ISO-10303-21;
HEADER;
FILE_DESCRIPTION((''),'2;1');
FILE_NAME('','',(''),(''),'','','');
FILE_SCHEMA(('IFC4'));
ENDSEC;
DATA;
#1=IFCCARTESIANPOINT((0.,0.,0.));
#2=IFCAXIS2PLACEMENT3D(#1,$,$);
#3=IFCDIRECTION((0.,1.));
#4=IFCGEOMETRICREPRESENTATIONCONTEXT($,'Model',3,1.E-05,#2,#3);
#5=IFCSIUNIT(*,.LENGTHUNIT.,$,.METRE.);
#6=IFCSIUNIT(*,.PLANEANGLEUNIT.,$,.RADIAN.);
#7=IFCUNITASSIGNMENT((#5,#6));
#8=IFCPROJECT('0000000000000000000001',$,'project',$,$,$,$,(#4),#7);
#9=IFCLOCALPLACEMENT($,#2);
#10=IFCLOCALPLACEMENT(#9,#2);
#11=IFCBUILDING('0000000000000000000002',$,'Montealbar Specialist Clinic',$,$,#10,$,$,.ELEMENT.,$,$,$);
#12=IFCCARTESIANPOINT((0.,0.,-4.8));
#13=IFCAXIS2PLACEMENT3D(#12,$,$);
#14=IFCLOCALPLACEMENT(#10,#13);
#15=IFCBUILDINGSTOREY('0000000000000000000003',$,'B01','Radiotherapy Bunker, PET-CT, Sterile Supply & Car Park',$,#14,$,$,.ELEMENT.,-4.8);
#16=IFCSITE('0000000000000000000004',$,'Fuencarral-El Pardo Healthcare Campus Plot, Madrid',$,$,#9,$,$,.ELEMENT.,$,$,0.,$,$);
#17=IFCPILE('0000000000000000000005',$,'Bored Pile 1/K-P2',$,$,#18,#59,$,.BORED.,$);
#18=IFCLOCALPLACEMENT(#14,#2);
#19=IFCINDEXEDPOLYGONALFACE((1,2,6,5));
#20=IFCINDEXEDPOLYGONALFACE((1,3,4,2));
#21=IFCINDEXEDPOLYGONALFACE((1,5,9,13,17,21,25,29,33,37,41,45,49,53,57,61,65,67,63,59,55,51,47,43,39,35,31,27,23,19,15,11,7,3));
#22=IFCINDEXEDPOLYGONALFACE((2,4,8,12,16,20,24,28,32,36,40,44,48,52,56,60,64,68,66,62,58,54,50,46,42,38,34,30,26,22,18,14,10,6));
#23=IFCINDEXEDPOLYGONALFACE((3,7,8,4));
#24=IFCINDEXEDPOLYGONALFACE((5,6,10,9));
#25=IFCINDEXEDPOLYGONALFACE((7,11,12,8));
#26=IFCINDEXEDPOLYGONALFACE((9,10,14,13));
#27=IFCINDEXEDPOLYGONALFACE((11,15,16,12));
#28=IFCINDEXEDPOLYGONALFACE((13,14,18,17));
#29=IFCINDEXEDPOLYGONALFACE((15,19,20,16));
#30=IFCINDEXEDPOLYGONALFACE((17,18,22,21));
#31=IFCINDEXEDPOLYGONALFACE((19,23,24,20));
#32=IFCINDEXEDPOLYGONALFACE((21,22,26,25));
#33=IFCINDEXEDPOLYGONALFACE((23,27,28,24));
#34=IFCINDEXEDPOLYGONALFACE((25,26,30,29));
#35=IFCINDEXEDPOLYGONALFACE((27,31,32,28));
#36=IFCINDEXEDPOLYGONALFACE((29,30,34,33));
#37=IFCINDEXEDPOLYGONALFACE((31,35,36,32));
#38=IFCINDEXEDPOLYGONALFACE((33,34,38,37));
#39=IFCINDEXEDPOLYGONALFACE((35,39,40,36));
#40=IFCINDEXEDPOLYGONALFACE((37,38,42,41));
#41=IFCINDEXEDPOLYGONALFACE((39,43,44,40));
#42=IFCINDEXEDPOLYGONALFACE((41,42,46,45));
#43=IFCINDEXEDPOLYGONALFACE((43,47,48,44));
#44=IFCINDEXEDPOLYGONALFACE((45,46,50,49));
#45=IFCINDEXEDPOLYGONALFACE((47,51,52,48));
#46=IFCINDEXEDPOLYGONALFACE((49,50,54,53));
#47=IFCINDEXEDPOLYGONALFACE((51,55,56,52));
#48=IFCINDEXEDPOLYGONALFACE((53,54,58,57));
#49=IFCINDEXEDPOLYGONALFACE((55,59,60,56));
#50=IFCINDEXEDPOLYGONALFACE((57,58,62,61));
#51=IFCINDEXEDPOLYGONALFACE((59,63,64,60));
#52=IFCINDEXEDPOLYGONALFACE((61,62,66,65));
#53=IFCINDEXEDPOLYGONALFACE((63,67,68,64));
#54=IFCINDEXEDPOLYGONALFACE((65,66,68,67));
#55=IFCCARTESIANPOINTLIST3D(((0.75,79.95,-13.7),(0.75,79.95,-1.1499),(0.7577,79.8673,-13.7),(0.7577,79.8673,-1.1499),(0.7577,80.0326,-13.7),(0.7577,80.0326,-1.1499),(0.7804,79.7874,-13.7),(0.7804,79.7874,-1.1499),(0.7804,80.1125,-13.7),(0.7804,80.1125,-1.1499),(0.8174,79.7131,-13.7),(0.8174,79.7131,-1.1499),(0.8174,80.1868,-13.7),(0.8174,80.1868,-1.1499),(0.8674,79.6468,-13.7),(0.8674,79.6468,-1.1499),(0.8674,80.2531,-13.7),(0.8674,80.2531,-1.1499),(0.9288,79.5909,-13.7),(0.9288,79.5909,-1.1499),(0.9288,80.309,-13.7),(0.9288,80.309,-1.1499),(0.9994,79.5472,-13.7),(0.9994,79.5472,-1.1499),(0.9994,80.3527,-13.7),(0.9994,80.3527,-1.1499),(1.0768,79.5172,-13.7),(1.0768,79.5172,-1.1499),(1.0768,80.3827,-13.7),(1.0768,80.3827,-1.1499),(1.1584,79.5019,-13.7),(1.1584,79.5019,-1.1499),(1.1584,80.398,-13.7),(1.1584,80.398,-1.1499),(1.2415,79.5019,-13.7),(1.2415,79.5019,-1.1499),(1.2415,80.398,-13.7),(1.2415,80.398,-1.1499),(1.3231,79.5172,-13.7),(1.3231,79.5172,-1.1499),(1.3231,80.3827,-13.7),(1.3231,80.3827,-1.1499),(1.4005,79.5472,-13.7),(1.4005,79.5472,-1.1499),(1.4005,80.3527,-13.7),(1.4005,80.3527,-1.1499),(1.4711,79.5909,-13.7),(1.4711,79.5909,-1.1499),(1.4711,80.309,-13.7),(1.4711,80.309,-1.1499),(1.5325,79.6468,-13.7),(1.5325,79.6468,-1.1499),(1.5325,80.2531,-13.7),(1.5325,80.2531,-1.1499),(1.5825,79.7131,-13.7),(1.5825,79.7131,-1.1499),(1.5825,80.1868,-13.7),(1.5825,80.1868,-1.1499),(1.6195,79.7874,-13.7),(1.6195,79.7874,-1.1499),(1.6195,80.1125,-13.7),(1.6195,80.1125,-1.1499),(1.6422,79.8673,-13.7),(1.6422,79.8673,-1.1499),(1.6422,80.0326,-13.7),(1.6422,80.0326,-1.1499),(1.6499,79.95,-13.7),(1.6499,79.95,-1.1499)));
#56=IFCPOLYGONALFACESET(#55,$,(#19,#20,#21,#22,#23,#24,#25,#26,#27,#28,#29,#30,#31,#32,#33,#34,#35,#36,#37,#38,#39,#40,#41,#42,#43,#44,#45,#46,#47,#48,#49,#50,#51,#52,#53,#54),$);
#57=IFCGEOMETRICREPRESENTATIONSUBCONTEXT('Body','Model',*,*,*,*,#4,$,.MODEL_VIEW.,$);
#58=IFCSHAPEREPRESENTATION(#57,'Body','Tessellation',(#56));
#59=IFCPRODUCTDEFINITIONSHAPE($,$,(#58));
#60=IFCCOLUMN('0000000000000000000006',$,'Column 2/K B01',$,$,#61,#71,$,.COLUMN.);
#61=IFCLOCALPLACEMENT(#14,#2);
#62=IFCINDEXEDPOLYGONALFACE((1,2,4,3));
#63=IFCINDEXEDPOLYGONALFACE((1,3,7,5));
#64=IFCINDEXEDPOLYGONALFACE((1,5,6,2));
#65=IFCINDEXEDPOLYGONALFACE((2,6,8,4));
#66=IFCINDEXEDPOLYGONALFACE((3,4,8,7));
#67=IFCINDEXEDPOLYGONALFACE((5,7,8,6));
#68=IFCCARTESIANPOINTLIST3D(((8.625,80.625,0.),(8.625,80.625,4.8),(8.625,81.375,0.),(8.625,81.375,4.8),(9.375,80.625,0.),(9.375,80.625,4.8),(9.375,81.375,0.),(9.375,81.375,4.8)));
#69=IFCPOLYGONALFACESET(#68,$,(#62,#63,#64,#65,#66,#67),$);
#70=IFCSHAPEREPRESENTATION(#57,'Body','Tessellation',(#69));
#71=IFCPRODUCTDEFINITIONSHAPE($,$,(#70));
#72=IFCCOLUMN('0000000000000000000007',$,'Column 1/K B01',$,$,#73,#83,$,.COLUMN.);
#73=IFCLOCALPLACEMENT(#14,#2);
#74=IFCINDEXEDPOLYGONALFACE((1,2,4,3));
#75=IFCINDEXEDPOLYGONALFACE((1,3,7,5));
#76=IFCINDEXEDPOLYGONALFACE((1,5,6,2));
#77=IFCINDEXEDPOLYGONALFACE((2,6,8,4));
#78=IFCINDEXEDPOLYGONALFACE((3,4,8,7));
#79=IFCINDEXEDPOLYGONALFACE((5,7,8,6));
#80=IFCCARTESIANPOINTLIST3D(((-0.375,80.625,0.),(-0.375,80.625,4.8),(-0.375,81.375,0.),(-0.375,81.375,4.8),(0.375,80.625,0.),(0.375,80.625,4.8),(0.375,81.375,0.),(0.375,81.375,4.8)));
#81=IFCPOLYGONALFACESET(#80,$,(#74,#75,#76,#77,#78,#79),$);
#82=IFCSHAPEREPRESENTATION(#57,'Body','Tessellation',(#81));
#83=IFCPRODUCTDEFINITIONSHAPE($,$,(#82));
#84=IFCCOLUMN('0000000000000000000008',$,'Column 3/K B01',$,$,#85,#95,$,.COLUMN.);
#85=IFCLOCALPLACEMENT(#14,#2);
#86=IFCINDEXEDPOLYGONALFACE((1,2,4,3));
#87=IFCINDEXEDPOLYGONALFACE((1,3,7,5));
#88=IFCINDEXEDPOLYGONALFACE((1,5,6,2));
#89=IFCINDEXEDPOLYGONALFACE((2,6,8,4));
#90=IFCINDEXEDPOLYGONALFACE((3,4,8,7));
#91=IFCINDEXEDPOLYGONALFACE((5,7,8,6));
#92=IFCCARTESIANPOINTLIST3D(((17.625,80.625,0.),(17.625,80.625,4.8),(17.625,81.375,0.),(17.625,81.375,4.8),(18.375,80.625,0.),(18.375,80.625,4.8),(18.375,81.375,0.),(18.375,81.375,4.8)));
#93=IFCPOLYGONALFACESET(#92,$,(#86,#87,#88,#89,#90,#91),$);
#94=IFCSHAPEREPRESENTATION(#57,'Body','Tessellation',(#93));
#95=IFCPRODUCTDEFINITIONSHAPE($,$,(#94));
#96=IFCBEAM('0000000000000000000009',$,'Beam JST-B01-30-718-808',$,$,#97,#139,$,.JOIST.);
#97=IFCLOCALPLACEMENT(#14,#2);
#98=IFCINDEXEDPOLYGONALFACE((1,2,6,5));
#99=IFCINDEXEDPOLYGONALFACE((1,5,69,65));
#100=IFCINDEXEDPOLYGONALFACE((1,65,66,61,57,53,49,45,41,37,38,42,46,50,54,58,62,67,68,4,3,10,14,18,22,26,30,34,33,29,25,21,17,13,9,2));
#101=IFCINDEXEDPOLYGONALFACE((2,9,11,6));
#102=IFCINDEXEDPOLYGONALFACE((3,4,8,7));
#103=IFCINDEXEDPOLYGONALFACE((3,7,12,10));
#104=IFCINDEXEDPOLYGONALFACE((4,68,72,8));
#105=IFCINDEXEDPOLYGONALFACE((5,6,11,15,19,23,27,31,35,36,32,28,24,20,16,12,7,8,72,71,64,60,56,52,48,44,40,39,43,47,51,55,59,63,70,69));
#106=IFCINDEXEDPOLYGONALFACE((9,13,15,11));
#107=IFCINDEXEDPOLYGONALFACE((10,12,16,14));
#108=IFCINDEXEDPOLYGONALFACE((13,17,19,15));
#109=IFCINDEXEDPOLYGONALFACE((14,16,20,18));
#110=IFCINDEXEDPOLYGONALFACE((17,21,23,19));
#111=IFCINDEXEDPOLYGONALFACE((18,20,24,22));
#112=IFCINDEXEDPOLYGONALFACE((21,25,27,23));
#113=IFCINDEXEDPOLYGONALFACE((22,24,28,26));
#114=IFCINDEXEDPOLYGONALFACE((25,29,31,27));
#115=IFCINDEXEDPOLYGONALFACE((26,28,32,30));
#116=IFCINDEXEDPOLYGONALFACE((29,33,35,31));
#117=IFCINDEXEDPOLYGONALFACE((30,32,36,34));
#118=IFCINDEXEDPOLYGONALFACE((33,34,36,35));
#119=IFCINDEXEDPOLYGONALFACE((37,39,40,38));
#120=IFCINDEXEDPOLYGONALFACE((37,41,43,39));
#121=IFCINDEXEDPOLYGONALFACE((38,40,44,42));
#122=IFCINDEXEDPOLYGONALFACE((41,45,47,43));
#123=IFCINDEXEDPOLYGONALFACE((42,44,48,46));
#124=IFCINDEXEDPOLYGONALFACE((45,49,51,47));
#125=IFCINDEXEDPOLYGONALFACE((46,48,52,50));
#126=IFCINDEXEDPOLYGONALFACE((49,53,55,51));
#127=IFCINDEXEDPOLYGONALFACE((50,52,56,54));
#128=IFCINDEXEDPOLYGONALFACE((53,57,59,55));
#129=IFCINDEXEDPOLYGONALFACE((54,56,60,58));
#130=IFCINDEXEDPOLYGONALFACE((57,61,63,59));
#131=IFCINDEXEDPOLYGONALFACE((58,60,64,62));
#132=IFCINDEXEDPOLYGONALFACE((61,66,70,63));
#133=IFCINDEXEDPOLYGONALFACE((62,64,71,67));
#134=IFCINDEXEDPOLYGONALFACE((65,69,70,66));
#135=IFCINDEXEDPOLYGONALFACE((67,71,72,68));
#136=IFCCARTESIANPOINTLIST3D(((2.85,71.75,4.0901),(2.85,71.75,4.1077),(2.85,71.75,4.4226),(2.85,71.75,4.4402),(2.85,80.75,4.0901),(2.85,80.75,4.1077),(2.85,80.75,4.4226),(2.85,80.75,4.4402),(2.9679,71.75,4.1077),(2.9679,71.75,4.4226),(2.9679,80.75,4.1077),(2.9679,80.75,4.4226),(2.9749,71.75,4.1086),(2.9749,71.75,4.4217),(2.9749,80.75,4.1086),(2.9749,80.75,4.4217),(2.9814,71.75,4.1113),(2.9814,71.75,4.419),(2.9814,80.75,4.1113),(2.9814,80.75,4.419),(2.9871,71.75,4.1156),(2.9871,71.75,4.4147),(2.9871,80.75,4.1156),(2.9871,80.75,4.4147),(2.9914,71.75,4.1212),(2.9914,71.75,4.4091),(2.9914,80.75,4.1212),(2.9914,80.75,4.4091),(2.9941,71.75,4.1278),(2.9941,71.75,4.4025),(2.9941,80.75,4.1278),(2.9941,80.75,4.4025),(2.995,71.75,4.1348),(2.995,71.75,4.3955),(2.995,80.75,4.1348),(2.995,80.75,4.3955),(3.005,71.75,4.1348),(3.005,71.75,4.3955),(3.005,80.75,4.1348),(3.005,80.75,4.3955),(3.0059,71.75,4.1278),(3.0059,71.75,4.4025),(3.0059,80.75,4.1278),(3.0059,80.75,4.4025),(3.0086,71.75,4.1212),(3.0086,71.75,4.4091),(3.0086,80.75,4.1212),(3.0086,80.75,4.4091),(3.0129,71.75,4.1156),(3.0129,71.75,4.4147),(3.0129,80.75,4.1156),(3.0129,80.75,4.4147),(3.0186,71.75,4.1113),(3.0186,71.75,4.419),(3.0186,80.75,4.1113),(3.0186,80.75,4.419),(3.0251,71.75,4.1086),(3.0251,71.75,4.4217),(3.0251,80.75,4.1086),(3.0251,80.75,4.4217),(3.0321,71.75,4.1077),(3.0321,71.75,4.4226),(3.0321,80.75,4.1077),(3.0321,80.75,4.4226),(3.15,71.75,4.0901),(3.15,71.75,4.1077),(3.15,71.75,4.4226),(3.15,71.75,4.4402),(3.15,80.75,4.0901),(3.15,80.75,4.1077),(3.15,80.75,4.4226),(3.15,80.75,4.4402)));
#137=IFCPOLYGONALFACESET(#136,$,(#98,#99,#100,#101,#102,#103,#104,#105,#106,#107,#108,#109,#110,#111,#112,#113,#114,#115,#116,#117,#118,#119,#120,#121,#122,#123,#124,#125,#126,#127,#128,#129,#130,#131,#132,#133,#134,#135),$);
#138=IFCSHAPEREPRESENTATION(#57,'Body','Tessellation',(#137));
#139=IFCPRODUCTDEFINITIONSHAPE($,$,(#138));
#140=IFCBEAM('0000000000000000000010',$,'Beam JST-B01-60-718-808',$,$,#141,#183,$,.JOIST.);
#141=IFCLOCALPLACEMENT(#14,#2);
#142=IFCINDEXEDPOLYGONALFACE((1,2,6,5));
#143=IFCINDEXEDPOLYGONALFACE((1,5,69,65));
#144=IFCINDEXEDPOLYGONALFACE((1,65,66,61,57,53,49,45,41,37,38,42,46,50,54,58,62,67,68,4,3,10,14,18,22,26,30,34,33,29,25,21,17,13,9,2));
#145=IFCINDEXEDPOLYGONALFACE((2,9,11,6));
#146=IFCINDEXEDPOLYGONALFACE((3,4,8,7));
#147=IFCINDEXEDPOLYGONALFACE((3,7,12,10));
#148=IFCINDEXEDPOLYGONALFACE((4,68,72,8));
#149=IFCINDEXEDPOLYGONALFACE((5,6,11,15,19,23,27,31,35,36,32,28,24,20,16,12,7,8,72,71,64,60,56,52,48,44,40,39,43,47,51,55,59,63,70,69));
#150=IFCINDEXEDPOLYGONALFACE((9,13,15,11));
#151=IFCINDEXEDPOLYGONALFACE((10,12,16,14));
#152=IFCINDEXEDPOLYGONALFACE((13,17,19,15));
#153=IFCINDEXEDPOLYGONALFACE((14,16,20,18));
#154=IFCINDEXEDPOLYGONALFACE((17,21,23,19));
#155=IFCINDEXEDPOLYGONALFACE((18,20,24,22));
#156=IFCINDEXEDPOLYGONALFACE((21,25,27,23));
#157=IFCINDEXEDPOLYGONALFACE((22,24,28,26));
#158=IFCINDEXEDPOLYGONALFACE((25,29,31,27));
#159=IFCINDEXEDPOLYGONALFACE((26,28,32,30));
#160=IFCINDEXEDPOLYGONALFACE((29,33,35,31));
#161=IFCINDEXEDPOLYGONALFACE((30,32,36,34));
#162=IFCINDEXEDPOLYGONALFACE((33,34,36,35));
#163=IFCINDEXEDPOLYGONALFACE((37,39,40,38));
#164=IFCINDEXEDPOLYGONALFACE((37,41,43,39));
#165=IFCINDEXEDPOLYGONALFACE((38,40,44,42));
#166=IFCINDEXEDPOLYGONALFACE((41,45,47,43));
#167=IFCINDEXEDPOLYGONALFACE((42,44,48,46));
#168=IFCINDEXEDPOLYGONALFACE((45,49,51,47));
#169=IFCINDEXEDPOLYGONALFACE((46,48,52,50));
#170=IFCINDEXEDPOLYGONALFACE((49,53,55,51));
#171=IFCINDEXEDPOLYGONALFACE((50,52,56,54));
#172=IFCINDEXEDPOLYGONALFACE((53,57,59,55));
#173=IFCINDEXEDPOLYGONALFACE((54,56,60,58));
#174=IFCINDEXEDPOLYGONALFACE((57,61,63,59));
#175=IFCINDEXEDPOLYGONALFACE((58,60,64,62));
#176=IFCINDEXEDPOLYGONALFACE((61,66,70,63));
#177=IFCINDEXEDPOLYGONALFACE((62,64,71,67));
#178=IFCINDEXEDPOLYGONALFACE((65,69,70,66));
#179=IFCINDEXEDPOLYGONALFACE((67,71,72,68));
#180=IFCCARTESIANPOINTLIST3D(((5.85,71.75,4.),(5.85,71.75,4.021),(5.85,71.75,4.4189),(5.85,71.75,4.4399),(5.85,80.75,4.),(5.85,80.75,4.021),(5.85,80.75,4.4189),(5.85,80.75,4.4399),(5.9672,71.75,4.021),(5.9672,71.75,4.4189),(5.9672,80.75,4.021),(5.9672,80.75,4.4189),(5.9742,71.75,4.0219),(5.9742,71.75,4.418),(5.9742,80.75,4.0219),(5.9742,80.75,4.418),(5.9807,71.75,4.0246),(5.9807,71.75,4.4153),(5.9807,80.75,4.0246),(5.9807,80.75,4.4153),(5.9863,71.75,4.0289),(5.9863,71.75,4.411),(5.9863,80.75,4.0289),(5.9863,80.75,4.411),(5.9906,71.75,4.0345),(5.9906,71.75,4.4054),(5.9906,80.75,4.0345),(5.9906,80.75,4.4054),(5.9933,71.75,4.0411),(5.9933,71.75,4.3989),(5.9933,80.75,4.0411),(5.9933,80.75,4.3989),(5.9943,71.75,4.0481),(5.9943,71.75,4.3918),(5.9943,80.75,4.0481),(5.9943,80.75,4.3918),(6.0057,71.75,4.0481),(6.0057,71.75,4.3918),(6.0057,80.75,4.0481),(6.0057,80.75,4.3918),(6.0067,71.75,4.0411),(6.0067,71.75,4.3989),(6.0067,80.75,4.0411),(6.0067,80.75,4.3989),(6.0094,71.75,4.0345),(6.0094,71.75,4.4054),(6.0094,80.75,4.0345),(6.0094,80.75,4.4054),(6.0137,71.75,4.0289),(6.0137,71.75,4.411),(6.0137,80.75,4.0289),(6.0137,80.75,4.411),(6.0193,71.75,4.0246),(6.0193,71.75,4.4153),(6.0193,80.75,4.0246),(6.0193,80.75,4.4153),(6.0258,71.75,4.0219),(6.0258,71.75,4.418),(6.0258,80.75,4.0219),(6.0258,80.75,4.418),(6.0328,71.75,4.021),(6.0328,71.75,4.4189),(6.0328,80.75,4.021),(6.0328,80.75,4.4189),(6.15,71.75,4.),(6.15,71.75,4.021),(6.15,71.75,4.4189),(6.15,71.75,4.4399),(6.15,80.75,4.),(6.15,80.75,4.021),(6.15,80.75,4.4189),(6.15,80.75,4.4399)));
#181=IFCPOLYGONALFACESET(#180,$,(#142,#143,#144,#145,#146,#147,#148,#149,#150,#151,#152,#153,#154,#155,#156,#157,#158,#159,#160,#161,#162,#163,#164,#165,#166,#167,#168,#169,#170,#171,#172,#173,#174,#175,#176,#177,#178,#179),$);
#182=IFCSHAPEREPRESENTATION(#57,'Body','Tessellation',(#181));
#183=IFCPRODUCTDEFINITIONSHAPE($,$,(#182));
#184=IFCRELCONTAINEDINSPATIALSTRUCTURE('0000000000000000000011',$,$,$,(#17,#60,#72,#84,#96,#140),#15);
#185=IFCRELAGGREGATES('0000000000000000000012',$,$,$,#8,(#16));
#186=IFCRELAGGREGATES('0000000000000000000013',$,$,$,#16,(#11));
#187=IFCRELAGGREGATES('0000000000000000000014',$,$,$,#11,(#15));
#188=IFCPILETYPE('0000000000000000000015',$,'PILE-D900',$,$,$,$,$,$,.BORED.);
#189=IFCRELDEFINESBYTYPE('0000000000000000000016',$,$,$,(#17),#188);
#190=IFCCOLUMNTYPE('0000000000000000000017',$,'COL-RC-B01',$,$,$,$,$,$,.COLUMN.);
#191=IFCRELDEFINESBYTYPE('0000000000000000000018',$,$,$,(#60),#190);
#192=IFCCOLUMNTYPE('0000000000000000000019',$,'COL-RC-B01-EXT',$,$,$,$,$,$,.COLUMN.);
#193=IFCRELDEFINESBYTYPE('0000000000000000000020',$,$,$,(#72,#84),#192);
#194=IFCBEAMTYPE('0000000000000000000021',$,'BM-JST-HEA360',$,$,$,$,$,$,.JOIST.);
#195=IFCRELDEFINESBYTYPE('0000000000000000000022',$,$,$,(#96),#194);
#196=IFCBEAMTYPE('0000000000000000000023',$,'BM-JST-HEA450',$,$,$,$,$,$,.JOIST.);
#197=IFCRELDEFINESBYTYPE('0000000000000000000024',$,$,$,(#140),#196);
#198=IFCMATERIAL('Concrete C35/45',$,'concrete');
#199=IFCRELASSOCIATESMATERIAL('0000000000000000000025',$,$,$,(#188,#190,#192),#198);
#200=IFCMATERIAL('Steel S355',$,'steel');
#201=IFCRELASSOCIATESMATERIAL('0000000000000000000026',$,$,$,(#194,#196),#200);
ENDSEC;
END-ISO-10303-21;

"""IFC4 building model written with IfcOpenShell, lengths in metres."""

from ifc_helpers import new_model, si_unit, direction, frame, origin, origin_2d, place, context, subcontext, project, spatial, rectangle, circle, i_section, extrude, material, material_profile, profile_set, type_object, element, save


model = new_model("IFC4")

# Units and contexts
model_context = context("Model", 3, precision=1e-05, world=origin(), true_north=direction((0.0, 1.0)))
body_context = subcontext(model_context, "Body", "Model", "MODEL_VIEW")
ifc_project = project(units=[si_unit("LENGTHUNIT", "METRE"), si_unit("PLANEANGLEUNIT", "RADIAN")], contexts=[model_context])

# Site, building, storey
site_placement = place(None, origin())
site = spatial("IfcSite", under=ifc_project, at=site_placement, Name="Fuencarral-El Pardo Healthcare Campus Plot, Madrid", CompositionType="ELEMENT", RefElevation=0.0)
building_placement = place(site_placement, origin())
building = spatial("IfcBuilding", under=site, at=building_placement, Name="Montealbar Specialist Clinic", CompositionType="ELEMENT")
storey_placement = place(building_placement, frame((0.0, 0.0, -4.8)))
storey = spatial("IfcBuildingStorey", under=building, at=storey_placement, Name="B01", Description="Radiotherapy Bunker, PET-CT, Sterile Supply & Car Park", CompositionType="ELEMENT", Elevation=-4.8)

# Shared definitions
ifc_material_1 = material(Name="Concrete C35/45", Category="concrete")

# Pile
ifc_material_profile_1 = material_profile(ifc_material_1, circle(Radius=0.45, at=origin_2d()), Name="PILE D900", Category="concrete")
ifc_profile_set_1 = profile_set([ifc_material_profile_1], Name="Concrete C35/45")
pile_type_1 = type_object("IfcPileType", Name="PILE-D900", PredefinedType="BORED", material=ifc_profile_set_1)
for number, where, z_axis, x_axis, name in (
    (1, (1.2, 79.95, -1.1499), (0.0, 0.0, -1.0), (1.0, 0.0, 0.0), "Bored Pile 1/K-P2"),
):
    element("IfcPile", number, at=place(storey_placement, frame(where, z_axis=z_axis, x_axis=x_axis)), inside=storey, type_object=pile_type_1, Name=name, PredefinedType="BORED", context=body_context, shape_type="SweptSolid", body=[
        extrude(circle(Radius=0.45, at=origin_2d()), origin(), (0.0, 0.0, 1.0), 12.55),
    ])

# Columns
ifc_material_profile_2 = material_profile(ifc_material_1, rectangle(XDim=0.75, YDim=0.75, at=origin_2d()), Name="RC 750x750", Category="concrete")
ifc_profile_set_2 = profile_set([ifc_material_profile_2], Name="Concrete C35/45")
column_type_1 = type_object("IfcColumnType", Name="COL-RC-B01", PredefinedType="COLUMN", material=ifc_profile_set_2)
column_placement = place(storey_placement, frame((9.0, 81.0, 0.0), z_axis=(0.0, 0.0, 1.0), x_axis=(1.0, 0.0, 0.0)))
element("IfcColumn", 2, at=column_placement, inside=storey, type_object=column_type_1, Name="Column 2/K B01", PredefinedType="COLUMN", context=body_context, shape_type="SweptSolid", body=[
    extrude(rectangle(XDim=0.75, YDim=0.75, at=origin_2d()), origin(), (0.0, 0.0, 1.0), 4.8),
])
ifc_material_profile_3 = material_profile(ifc_material_1, rectangle(XDim=0.75, YDim=0.75, at=origin_2d()), Name="RC 750x750", Category="concrete")
ifc_profile_set_3 = profile_set([ifc_material_profile_3], Name="Concrete C35/45")
column_type_2 = type_object("IfcColumnType", Name="COL-RC-B01-EXT", PredefinedType="COLUMN", material=ifc_profile_set_3)
for number, where, z_axis, x_axis, name in (
    (3, (0.0, 81.0, 0.0), (0.0, 0.0, 1.0), (1.0, 0.0, 0.0), "Column 1/K B01"),
    (4, (18.0, 81.0, 0.0), (0.0, 0.0, 1.0), (1.0, 0.0, 0.0), "Column 3/K B01"),
):
    element("IfcColumn", number, at=place(storey_placement, frame(where, z_axis=z_axis, x_axis=x_axis)), inside=storey, type_object=column_type_2, Name=name, PredefinedType="COLUMN", context=body_context, shape_type="SweptSolid", body=[
        extrude(rectangle(XDim=0.75, YDim=0.75, at=origin_2d()), origin(), (0.0, 0.0, 1.0), 4.8),
    ])

# Beams
ifc_material_2 = material(Name="Steel S355", Category="steel")
ifc_material_profile_4 = material_profile(ifc_material_2, i_section(OverallWidth=0.3, OverallDepth=0.3501, WebThickness=0.01, FlangeThickness=0.0176, FilletRadius=0.0271, at=origin_2d()), Name="HEA 360", Category="steel")
ifc_profile_set_4 = profile_set([ifc_material_profile_4], Name="Steel S355")
beam_type_1 = type_object("IfcBeamType", Name="BM-JST-HEA360", PredefinedType="JOIST", material=ifc_profile_set_4)
beam_1_placement = place(storey_placement, frame((3.0, 71.75, 4.2651), z_axis=(0.0, 1.0, 0.0), x_axis=(-1.0, 0.0, 0.0)))
element("IfcBeam", 5, at=beam_1_placement, inside=storey, type_object=beam_type_1, Name="Beam JST-B01-30-718-808", PredefinedType="JOIST", context=body_context, shape_type="SweptSolid", body=[
    extrude(i_section(OverallWidth=0.3, OverallDepth=0.3501, WebThickness=0.01, FlangeThickness=0.0176, FilletRadius=0.0271, at=origin_2d()), origin(), (0.0, 0.0, 1.0), 9.0),
])
ifc_material_profile_5 = material_profile(ifc_material_2, i_section(OverallWidth=0.3, OverallDepth=0.4399, WebThickness=0.0115, FlangeThickness=0.021, FilletRadius=0.0271, at=origin_2d()), Name="HEA 450", Category="steel")
ifc_profile_set_5 = profile_set([ifc_material_profile_5], Name="Steel S355")
beam_type_2 = type_object("IfcBeamType", Name="BM-JST-HEA450", PredefinedType="JOIST", material=ifc_profile_set_5)
beam_2_placement = place(storey_placement, frame((6.0, 71.75, 4.22), z_axis=(0.0, 1.0, 0.0), x_axis=(-1.0, 0.0, 0.0)))
element("IfcBeam", 6, at=beam_2_placement, inside=storey, type_object=beam_type_2, Name="Beam JST-B01-60-718-808", PredefinedType="JOIST", context=body_context, shape_type="SweptSolid", body=[
    extrude(i_section(OverallWidth=0.3, OverallDepth=0.4399, WebThickness=0.0115, FlangeThickness=0.021, FilletRadius=0.0271, at=origin_2d()), origin(), (0.0, 0.0, 1.0), 9.0),
])

save(model, "model.ifc")
